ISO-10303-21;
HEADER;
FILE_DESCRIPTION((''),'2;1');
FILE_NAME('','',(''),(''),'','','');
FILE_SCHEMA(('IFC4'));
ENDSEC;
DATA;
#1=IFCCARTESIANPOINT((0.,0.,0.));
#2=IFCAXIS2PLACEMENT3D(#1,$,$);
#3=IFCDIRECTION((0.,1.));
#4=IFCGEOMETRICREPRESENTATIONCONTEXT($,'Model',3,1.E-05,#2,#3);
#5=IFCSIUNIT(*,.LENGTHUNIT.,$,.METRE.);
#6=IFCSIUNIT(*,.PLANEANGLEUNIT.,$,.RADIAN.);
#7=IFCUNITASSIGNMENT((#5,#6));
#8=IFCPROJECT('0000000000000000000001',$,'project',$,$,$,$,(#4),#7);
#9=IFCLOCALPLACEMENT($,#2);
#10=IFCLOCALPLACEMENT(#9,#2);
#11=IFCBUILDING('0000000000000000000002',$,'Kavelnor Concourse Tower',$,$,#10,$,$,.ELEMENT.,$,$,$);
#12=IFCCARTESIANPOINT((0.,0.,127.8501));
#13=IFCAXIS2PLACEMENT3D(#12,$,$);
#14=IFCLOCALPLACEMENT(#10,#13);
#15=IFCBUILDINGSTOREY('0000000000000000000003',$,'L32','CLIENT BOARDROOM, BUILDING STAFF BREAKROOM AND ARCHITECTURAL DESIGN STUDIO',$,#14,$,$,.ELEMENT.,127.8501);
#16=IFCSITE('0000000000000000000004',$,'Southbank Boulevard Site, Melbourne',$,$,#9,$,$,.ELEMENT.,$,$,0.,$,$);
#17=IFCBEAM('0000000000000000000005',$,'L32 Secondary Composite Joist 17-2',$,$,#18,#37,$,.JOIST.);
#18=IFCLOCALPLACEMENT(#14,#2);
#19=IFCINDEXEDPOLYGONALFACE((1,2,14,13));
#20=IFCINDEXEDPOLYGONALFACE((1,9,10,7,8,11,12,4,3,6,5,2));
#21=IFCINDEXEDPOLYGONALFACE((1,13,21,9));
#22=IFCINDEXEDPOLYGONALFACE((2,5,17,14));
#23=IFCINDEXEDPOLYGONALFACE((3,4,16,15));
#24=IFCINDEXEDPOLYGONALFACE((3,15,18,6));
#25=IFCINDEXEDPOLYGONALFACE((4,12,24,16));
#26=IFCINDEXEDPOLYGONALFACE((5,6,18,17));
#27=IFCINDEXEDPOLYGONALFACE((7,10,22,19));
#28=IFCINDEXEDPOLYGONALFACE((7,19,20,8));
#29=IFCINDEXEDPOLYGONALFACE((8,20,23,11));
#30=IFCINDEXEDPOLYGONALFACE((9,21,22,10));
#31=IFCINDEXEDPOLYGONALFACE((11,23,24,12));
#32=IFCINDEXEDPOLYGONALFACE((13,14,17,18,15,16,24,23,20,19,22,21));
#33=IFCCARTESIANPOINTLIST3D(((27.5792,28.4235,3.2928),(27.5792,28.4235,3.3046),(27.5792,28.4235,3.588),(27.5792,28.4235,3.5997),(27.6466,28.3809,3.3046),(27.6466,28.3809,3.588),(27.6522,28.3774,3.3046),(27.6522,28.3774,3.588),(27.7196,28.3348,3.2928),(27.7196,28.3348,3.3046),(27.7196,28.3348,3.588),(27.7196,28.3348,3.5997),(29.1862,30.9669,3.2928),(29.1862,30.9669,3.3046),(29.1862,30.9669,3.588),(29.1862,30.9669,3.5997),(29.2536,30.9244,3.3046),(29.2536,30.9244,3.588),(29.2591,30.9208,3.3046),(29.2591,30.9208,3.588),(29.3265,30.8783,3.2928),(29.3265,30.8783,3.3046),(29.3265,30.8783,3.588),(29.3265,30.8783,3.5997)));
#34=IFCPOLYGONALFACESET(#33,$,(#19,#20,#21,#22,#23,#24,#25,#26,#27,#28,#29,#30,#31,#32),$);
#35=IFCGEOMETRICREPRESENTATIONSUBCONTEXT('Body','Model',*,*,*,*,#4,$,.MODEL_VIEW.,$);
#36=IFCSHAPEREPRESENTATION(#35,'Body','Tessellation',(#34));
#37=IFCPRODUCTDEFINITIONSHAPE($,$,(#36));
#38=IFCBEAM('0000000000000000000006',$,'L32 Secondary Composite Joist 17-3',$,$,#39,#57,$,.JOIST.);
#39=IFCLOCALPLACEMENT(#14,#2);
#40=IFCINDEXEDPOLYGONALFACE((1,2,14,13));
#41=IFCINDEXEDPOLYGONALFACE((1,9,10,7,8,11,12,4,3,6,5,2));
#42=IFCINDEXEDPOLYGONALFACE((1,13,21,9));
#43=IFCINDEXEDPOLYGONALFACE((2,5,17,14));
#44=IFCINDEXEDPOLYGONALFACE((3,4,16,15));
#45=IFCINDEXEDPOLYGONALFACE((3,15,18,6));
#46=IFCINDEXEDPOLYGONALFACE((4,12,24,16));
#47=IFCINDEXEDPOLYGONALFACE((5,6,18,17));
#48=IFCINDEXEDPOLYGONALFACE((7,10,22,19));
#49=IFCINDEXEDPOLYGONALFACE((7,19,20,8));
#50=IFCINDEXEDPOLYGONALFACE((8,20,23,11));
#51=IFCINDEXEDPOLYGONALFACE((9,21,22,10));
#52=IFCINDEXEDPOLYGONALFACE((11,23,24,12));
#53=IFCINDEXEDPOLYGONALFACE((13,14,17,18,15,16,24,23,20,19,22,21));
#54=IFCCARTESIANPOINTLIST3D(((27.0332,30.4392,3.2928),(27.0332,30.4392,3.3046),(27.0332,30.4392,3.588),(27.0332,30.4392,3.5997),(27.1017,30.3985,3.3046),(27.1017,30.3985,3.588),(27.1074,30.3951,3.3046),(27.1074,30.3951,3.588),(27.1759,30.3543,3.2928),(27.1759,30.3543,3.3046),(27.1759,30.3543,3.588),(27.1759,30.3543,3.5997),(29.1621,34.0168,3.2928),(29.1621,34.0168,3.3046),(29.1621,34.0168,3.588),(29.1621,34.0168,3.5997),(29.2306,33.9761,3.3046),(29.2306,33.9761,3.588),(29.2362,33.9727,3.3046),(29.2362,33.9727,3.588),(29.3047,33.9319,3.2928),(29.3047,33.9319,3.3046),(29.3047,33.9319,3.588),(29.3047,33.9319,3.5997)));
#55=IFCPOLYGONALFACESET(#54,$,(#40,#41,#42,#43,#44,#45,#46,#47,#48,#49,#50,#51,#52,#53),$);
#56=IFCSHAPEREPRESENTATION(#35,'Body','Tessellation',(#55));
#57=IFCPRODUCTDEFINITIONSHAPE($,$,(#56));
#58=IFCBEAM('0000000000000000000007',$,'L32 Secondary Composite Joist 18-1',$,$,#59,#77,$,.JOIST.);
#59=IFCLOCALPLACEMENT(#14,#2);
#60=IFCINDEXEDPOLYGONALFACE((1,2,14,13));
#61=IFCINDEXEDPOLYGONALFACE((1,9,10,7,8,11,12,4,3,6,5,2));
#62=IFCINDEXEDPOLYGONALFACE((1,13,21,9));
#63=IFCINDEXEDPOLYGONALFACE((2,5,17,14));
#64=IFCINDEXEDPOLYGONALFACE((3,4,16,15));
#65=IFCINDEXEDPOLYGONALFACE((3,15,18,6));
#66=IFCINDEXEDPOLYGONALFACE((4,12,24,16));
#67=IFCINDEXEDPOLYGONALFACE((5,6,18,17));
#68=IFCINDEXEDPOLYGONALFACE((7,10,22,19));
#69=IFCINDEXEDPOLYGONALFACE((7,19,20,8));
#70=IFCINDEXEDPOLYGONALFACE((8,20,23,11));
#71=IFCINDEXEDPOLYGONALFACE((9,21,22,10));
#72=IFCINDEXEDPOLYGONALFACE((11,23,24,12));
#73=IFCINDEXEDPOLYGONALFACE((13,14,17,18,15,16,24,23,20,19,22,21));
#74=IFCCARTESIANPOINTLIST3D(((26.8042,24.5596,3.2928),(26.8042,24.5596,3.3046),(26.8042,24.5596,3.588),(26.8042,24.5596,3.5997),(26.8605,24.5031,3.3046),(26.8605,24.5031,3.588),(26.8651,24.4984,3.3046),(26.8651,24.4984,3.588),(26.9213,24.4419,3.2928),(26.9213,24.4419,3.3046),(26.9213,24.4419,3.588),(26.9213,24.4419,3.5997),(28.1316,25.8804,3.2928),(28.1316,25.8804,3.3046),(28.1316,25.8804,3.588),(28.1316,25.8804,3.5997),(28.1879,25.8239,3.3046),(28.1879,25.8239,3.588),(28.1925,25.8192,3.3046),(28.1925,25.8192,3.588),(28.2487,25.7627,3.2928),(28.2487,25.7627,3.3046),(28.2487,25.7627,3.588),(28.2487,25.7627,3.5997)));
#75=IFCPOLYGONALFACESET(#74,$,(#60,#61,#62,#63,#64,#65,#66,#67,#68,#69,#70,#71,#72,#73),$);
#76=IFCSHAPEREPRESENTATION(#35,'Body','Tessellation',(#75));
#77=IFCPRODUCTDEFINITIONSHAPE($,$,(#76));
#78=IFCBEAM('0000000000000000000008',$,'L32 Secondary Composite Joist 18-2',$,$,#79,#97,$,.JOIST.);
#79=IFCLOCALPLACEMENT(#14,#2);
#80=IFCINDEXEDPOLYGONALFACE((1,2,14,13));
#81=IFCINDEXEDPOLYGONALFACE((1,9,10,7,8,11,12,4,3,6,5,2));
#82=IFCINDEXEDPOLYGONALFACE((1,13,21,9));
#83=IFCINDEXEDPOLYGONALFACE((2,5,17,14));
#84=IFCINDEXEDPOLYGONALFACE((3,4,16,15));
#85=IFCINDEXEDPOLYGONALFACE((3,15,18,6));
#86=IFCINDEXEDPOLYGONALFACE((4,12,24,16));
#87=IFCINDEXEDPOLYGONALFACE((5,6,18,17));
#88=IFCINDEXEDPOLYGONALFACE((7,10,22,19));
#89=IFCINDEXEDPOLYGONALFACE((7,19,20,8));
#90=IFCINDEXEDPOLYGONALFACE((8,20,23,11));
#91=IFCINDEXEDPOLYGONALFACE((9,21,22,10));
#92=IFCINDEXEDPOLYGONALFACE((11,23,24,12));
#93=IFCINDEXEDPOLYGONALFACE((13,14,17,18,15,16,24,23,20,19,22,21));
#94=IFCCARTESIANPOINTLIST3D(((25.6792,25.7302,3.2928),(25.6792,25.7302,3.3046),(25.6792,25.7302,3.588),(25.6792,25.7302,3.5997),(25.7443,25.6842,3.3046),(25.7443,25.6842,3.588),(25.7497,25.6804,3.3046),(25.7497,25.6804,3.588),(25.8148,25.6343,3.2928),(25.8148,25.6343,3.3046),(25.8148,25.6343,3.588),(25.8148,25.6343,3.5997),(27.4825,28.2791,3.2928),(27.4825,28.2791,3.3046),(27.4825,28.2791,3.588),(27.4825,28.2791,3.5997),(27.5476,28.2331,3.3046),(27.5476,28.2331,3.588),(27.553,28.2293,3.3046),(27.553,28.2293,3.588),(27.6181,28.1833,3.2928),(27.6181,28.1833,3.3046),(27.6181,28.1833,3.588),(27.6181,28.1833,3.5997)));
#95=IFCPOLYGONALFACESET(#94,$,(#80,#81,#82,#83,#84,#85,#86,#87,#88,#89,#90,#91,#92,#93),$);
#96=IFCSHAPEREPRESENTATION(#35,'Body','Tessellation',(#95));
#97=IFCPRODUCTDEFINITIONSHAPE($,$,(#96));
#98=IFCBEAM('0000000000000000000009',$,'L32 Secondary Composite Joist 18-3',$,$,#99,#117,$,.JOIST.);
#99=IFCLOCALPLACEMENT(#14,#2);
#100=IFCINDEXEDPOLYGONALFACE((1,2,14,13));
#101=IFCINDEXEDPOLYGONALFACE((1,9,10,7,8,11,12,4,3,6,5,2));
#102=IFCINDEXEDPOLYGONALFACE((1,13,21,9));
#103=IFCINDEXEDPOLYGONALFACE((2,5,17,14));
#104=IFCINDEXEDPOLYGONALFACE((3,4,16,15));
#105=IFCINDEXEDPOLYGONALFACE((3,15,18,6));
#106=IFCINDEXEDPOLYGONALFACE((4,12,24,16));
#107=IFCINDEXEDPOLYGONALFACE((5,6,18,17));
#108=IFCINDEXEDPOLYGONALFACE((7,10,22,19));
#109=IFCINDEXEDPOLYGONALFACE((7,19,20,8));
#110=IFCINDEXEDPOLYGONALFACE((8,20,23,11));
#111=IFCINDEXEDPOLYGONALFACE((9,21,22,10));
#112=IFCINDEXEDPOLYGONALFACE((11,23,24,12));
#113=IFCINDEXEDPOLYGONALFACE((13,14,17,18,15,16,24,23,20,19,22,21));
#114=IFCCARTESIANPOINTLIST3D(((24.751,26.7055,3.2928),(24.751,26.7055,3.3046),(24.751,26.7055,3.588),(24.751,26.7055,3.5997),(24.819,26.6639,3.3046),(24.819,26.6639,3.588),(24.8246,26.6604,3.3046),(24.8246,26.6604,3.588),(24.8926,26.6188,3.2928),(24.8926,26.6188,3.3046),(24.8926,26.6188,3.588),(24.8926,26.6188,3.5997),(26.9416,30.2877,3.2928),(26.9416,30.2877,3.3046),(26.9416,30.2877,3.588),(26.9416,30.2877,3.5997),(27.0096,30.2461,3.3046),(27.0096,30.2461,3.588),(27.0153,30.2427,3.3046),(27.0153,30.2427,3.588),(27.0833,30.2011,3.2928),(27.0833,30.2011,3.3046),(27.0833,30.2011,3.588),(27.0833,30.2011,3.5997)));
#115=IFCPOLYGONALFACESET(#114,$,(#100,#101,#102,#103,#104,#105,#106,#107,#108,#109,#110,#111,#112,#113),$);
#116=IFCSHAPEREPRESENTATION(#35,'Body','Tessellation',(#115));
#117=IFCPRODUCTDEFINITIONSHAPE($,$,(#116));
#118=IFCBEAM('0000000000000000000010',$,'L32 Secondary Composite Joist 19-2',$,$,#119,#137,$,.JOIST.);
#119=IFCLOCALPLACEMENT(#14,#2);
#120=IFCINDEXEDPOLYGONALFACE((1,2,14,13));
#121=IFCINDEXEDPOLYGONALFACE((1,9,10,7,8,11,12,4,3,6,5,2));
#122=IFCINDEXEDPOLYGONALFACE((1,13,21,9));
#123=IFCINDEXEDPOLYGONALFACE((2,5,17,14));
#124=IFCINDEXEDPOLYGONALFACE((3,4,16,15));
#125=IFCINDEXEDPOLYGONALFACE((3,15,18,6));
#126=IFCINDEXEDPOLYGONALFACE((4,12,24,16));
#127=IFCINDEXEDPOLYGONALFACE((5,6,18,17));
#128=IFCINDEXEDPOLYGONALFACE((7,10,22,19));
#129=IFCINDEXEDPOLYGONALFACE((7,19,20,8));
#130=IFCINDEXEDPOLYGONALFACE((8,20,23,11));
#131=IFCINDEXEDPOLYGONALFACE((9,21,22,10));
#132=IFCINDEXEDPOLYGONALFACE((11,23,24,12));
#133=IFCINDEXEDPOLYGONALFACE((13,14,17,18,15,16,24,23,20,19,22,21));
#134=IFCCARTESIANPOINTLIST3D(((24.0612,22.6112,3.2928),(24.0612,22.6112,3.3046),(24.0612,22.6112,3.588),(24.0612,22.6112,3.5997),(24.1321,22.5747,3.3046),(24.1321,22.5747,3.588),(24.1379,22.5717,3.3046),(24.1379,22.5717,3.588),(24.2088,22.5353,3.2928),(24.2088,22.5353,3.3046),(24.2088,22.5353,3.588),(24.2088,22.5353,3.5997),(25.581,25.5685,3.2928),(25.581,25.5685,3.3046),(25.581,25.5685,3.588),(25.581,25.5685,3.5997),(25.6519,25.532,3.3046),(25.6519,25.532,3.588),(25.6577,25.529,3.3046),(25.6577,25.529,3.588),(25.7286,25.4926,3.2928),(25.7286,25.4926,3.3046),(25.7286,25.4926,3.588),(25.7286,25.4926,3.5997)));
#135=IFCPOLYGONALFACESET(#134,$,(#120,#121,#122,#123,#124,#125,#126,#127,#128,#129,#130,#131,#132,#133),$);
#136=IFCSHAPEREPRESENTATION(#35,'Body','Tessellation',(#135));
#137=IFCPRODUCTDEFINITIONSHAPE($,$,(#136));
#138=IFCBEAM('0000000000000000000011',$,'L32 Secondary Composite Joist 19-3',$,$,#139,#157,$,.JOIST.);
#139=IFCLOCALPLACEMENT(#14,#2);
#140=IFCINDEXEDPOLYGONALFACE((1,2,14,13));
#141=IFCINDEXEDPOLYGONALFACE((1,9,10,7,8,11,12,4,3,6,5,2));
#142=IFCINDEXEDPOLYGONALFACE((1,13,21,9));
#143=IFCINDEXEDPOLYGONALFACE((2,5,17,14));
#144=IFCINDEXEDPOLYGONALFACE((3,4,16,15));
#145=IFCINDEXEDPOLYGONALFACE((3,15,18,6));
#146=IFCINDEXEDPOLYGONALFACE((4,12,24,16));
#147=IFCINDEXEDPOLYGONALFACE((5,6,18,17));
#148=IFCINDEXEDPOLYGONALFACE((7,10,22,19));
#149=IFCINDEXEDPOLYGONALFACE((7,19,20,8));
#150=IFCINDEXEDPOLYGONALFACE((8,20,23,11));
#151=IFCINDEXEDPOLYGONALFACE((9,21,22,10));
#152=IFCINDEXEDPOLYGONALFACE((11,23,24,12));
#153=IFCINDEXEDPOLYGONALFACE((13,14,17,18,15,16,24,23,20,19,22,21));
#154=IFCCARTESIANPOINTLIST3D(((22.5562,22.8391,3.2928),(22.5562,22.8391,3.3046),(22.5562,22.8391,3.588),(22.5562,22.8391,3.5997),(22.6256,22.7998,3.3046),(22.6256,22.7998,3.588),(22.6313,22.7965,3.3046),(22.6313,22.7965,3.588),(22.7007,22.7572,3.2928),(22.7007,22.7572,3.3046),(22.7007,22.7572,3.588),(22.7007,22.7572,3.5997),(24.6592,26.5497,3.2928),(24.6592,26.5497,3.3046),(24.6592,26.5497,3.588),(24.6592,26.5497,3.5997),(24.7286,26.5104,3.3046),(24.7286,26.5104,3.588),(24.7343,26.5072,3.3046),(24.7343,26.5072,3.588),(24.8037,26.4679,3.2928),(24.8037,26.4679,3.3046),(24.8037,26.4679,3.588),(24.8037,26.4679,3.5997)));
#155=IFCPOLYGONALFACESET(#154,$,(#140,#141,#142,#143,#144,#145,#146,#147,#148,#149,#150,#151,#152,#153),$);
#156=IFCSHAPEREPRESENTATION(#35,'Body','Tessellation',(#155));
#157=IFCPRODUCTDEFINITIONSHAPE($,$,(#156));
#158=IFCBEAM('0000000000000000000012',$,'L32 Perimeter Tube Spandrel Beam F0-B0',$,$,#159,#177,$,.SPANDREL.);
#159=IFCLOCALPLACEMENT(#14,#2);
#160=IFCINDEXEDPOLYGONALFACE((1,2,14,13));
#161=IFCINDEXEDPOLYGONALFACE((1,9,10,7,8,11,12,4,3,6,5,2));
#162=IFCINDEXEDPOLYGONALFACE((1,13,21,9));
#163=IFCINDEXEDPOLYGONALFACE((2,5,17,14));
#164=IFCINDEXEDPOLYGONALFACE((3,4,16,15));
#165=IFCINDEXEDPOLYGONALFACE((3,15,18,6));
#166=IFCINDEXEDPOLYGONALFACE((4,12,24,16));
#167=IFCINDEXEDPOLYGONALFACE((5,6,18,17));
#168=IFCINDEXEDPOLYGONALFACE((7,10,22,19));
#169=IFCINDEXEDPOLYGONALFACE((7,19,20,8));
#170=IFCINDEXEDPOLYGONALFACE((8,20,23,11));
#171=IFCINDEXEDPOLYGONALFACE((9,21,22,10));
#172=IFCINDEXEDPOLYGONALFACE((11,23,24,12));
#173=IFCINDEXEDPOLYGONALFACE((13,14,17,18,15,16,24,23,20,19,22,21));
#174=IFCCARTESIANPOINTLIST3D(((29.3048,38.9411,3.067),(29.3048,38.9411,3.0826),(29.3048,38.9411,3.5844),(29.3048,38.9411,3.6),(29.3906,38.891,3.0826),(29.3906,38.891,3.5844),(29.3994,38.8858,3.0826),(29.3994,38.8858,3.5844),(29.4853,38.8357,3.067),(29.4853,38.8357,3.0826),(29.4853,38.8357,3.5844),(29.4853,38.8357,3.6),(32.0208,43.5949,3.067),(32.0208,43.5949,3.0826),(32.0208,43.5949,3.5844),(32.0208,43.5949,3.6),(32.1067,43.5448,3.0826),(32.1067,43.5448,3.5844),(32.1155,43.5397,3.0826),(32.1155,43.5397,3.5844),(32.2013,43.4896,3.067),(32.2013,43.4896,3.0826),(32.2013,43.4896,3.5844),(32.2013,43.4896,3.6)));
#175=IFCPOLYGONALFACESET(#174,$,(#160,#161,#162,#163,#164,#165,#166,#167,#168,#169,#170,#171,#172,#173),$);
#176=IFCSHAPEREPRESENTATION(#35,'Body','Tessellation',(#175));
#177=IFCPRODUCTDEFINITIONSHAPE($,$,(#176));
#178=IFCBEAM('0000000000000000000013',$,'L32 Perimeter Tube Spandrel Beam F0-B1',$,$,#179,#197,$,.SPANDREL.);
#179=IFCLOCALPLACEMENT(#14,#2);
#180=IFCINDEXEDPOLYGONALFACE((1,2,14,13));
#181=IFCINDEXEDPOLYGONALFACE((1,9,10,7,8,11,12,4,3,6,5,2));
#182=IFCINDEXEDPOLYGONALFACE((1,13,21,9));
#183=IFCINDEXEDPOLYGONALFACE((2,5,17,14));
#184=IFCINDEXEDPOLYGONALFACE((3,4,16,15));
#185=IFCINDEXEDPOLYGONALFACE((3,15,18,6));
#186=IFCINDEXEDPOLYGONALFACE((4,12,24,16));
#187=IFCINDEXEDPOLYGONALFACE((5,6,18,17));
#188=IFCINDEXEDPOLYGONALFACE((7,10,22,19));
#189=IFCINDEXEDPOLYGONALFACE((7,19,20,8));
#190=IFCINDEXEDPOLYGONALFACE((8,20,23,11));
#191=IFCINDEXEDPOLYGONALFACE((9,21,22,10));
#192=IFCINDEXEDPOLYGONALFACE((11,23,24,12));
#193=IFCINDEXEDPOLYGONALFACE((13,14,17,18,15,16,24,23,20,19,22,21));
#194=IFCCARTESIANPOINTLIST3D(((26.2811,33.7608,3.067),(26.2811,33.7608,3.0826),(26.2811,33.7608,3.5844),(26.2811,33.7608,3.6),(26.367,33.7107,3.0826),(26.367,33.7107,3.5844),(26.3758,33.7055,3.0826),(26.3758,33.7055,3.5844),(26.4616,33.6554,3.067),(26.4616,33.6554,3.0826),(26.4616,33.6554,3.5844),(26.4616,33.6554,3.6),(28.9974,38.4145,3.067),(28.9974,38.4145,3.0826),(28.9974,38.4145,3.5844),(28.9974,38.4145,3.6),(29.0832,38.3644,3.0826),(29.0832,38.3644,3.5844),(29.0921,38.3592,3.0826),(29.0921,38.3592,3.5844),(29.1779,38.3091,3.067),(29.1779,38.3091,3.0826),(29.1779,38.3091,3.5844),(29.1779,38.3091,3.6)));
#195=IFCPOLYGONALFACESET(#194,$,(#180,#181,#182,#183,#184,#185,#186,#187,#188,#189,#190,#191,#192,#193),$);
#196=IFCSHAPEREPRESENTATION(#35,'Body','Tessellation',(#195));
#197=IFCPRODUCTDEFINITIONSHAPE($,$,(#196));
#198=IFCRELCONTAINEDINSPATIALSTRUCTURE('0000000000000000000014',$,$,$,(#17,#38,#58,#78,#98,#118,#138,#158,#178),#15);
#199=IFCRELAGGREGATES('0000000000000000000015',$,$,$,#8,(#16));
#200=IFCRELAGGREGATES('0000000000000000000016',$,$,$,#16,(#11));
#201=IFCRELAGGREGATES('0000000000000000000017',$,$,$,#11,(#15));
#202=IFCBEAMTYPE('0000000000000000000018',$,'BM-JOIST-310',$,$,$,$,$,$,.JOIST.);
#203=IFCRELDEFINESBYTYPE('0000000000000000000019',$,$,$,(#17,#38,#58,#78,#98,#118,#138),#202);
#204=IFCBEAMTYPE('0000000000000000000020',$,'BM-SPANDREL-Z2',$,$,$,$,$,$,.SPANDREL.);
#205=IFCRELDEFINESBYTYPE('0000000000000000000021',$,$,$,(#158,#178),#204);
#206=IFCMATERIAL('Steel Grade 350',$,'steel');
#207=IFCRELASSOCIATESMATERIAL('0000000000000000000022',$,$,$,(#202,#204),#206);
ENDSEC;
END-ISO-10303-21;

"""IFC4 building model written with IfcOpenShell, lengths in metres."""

from ifc_helpers import new_model, si_unit, direction, frame, origin, origin_2d, place, context, subcontext, project, spatial, i_section, extrude, material, material_profile, profile_set, type_object, element, save


model = new_model("IFC4")

# Units and contexts
model_context = context("Model", 3, precision=1e-05, world=origin(), true_north=direction((0.0, 1.0)))
body_context = subcontext(model_context, "Body", "Model", "MODEL_VIEW")
ifc_project = project(units=[si_unit("LENGTHUNIT", "METRE"), si_unit("PLANEANGLEUNIT", "RADIAN")], contexts=[model_context])

# Site, building, storey
site_placement = place(None, origin())
site = spatial("IfcSite", under=ifc_project, at=site_placement, Name="Southbank Boulevard Site, Melbourne", CompositionType="ELEMENT", RefElevation=0.0)
building_placement = place(site_placement, origin())
building = spatial("IfcBuilding", under=site, at=building_placement, Name="Kavelnor Concourse Tower", CompositionType="ELEMENT")
storey_placement = place(building_placement, frame((0.0, 0.0, 127.8501)))
storey = spatial("IfcBuildingStorey", under=building, at=storey_placement, Name="L32", Description="CLIENT BOARDROOM, BUILDING STAFF BREAKROOM AND ARCHITECTURAL DESIGN STUDIO", CompositionType="ELEMENT", Elevation=127.8501)

# Shared definitions
ifc_material_1 = material(Name="Steel Grade 350", Category="steel")

# Beams
ifc_material_profile_1 = material_profile(ifc_material_1, i_section(OverallWidth=0.166, OverallDepth=0.3069, WebThickness=0.0066, FlangeThickness=0.0117, at=origin_2d()), Name="310UB46")
ifc_profile_set_1 = profile_set([ifc_material_profile_1], Name="Steel Grade 350")
beam_type_1 = type_object("IfcBeamType", Name="BM-JOIST-310", PredefinedType="JOIST", material=ifc_profile_set_1)
beam_1_placement = place(storey_placement, frame((29.2563, 30.9226, 3.4463), z_axis=(-0.534121, -0.845408, 0.0), x_axis=(0.845408, -0.534121, 0.0)))
element("IfcBeam", 1, at=beam_1_placement, inside=storey, type_object=beam_type_1, Name="L32 Secondary Composite Joist 17-2", PredefinedType="JOIST", context=body_context, shape_type="SweptSolid", body=[
    extrude(i_section(OverallWidth=0.166, OverallDepth=0.3069, WebThickness=0.0066, FlangeThickness=0.0117, at=origin_2d()), origin(), (0.0, 0.0, 1.0), 3.0085),
])
beam_2_placement = place(storey_placement, frame((29.2334, 33.9744, 3.4463), z_axis=(-0.51137, -0.85936, 0.0), x_axis=(0.85936, -0.51137, 0.0)))
element("IfcBeam", 2, at=beam_2_placement, inside=storey, type_object=beam_type_1, Name="L32 Secondary Composite Joist 17-3", PredefinedType="JOIST", context=body_context, shape_type="SweptSolid", body=[
    extrude(i_section(OverallWidth=0.166, OverallDepth=0.3069, WebThickness=0.0066, FlangeThickness=0.0117, at=origin_2d()), origin(), (0.0, 0.0, 1.0), 4.1631),
])
beam_3_placement = place(storey_placement, frame((28.1902, 25.8215, 3.4463), z_axis=(-0.708865, -0.705344, 0.0), x_axis=(0.705344, -0.708865, 0.0)))
element("IfcBeam", 3, at=beam_3_placement, inside=storey, type_object=beam_type_1, Name="L32 Secondary Composite Joist 18-1", PredefinedType="JOIST", context=body_context, shape_type="SweptSolid", body=[
    extrude(i_section(OverallWidth=0.166, OverallDepth=0.3069, WebThickness=0.0066, FlangeThickness=0.0117, at=origin_2d()), origin(), (0.0, 0.0, 1.0), 1.8726),
])
beam_4_placement = place(storey_placement, frame((27.5503, 28.2312, 3.4463), z_axis=(-0.577549, -0.816356, 0.0), x_axis=(0.816356, -0.577549, 0.0)))
element("IfcBeam", 4, at=beam_4_placement, inside=storey, type_object=beam_type_1, Name="L32 Secondary Composite Joist 18-2", PredefinedType="JOIST", context=body_context, shape_type="SweptSolid", body=[
    extrude(i_section(OverallWidth=0.166, OverallDepth=0.3069, WebThickness=0.0066, FlangeThickness=0.0117, at=origin_2d()), origin(), (0.0, 0.0, 1.0), 3.1223),
])
beam_5_placement = place(storey_placement, frame((27.0125, 30.2444, 3.4463), z_axis=(-0.521711, -0.853122, 0.0), x_axis=(0.853122, -0.521711, 0.0)))
element("IfcBeam", 5, at=beam_5_placement, inside=storey, type_object=beam_type_1, Name="L32 Secondary Composite Joist 18-3", PredefinedType="JOIST", context=body_context, shape_type="SweptSolid", body=[
    extrude(i_section(OverallWidth=0.166, OverallDepth=0.3069, WebThickness=0.0066, FlangeThickness=0.0117, at=origin_2d()), origin(), (0.0, 0.0, 1.0), 4.199),
])
beam_6_placement = place(storey_placement, frame((25.6548, 25.5305, 3.4463), z_axis=(-0.457084, -0.889423, 0.0), x_axis=(0.889423, -0.457084, 0.0)))
element("IfcBeam", 6, at=beam_6_placement, inside=storey, type_object=beam_type_1, Name="L32 Secondary Composite Joist 19-2", PredefinedType="JOIST", context=body_context, shape_type="SweptSolid", body=[
    extrude(i_section(OverallWidth=0.166, OverallDepth=0.3069, WebThickness=0.0066, FlangeThickness=0.0117, at=origin_2d()), origin(), (0.0, 0.0, 1.0), 3.325),
])
beam_7_placement = place(storey_placement, frame((24.7314, 26.5088, 3.4463), z_axis=(-0.493066, -0.869992, 0.0), x_axis=(0.869992, -0.493066, 0.0)))
element("IfcBeam", 7, at=beam_7_placement, inside=storey, type_object=beam_type_1, Name="L32 Secondary Composite Joist 19-3", PredefinedType="JOIST", context=body_context, shape_type="SweptSolid", body=[
    extrude(i_section(OverallWidth=0.166, OverallDepth=0.3069, WebThickness=0.0066, FlangeThickness=0.0117, at=origin_2d()), origin(), (0.0, 0.0, 1.0), 4.2651),
])
ifc_material_profile_2 = material_profile(ifc_material_1, i_section(OverallWidth=0.209, OverallDepth=0.533, WebThickness=0.0103, FlangeThickness=0.0156, at=origin_2d()), Name="530UB92")
ifc_profile_set_2 = profile_set([ifc_material_profile_2], Name="Steel Grade 350")
beam_type_2 = type_object("IfcBeamType", Name="BM-SPANDREL-Z2", PredefinedType="SPANDREL", material=ifc_profile_set_2)
for number, where, z_axis, x_axis, name in (
    (8, (32.1111, 43.5422, 3.3335), (-0.504057, -0.86367, 0.0), (0.86367, -0.504057, 0.0), "L32 Perimeter Tube Spandrel Beam F0-B0"),
    (9, (29.0876, 38.3618, 3.3335), (-0.504091, -0.863651, 0.0), (0.863651, -0.504091, 0.0), "L32 Perimeter Tube Spandrel Beam F0-B1"),
):
    element("IfcBeam", number, at=place(storey_placement, frame(where, z_axis=z_axis, x_axis=x_axis)), inside=storey, type_object=beam_type_2, Name=name, PredefinedType="SPANDREL", context=body_context, shape_type="SweptSolid", body=[
        extrude(i_section(OverallWidth=0.209, OverallDepth=0.533, WebThickness=0.0103, FlangeThickness=0.0156, at=origin_2d()), origin(), (0.0, 0.0, 1.0), 5.3884),
    ])

save(model, "model.ifc")
